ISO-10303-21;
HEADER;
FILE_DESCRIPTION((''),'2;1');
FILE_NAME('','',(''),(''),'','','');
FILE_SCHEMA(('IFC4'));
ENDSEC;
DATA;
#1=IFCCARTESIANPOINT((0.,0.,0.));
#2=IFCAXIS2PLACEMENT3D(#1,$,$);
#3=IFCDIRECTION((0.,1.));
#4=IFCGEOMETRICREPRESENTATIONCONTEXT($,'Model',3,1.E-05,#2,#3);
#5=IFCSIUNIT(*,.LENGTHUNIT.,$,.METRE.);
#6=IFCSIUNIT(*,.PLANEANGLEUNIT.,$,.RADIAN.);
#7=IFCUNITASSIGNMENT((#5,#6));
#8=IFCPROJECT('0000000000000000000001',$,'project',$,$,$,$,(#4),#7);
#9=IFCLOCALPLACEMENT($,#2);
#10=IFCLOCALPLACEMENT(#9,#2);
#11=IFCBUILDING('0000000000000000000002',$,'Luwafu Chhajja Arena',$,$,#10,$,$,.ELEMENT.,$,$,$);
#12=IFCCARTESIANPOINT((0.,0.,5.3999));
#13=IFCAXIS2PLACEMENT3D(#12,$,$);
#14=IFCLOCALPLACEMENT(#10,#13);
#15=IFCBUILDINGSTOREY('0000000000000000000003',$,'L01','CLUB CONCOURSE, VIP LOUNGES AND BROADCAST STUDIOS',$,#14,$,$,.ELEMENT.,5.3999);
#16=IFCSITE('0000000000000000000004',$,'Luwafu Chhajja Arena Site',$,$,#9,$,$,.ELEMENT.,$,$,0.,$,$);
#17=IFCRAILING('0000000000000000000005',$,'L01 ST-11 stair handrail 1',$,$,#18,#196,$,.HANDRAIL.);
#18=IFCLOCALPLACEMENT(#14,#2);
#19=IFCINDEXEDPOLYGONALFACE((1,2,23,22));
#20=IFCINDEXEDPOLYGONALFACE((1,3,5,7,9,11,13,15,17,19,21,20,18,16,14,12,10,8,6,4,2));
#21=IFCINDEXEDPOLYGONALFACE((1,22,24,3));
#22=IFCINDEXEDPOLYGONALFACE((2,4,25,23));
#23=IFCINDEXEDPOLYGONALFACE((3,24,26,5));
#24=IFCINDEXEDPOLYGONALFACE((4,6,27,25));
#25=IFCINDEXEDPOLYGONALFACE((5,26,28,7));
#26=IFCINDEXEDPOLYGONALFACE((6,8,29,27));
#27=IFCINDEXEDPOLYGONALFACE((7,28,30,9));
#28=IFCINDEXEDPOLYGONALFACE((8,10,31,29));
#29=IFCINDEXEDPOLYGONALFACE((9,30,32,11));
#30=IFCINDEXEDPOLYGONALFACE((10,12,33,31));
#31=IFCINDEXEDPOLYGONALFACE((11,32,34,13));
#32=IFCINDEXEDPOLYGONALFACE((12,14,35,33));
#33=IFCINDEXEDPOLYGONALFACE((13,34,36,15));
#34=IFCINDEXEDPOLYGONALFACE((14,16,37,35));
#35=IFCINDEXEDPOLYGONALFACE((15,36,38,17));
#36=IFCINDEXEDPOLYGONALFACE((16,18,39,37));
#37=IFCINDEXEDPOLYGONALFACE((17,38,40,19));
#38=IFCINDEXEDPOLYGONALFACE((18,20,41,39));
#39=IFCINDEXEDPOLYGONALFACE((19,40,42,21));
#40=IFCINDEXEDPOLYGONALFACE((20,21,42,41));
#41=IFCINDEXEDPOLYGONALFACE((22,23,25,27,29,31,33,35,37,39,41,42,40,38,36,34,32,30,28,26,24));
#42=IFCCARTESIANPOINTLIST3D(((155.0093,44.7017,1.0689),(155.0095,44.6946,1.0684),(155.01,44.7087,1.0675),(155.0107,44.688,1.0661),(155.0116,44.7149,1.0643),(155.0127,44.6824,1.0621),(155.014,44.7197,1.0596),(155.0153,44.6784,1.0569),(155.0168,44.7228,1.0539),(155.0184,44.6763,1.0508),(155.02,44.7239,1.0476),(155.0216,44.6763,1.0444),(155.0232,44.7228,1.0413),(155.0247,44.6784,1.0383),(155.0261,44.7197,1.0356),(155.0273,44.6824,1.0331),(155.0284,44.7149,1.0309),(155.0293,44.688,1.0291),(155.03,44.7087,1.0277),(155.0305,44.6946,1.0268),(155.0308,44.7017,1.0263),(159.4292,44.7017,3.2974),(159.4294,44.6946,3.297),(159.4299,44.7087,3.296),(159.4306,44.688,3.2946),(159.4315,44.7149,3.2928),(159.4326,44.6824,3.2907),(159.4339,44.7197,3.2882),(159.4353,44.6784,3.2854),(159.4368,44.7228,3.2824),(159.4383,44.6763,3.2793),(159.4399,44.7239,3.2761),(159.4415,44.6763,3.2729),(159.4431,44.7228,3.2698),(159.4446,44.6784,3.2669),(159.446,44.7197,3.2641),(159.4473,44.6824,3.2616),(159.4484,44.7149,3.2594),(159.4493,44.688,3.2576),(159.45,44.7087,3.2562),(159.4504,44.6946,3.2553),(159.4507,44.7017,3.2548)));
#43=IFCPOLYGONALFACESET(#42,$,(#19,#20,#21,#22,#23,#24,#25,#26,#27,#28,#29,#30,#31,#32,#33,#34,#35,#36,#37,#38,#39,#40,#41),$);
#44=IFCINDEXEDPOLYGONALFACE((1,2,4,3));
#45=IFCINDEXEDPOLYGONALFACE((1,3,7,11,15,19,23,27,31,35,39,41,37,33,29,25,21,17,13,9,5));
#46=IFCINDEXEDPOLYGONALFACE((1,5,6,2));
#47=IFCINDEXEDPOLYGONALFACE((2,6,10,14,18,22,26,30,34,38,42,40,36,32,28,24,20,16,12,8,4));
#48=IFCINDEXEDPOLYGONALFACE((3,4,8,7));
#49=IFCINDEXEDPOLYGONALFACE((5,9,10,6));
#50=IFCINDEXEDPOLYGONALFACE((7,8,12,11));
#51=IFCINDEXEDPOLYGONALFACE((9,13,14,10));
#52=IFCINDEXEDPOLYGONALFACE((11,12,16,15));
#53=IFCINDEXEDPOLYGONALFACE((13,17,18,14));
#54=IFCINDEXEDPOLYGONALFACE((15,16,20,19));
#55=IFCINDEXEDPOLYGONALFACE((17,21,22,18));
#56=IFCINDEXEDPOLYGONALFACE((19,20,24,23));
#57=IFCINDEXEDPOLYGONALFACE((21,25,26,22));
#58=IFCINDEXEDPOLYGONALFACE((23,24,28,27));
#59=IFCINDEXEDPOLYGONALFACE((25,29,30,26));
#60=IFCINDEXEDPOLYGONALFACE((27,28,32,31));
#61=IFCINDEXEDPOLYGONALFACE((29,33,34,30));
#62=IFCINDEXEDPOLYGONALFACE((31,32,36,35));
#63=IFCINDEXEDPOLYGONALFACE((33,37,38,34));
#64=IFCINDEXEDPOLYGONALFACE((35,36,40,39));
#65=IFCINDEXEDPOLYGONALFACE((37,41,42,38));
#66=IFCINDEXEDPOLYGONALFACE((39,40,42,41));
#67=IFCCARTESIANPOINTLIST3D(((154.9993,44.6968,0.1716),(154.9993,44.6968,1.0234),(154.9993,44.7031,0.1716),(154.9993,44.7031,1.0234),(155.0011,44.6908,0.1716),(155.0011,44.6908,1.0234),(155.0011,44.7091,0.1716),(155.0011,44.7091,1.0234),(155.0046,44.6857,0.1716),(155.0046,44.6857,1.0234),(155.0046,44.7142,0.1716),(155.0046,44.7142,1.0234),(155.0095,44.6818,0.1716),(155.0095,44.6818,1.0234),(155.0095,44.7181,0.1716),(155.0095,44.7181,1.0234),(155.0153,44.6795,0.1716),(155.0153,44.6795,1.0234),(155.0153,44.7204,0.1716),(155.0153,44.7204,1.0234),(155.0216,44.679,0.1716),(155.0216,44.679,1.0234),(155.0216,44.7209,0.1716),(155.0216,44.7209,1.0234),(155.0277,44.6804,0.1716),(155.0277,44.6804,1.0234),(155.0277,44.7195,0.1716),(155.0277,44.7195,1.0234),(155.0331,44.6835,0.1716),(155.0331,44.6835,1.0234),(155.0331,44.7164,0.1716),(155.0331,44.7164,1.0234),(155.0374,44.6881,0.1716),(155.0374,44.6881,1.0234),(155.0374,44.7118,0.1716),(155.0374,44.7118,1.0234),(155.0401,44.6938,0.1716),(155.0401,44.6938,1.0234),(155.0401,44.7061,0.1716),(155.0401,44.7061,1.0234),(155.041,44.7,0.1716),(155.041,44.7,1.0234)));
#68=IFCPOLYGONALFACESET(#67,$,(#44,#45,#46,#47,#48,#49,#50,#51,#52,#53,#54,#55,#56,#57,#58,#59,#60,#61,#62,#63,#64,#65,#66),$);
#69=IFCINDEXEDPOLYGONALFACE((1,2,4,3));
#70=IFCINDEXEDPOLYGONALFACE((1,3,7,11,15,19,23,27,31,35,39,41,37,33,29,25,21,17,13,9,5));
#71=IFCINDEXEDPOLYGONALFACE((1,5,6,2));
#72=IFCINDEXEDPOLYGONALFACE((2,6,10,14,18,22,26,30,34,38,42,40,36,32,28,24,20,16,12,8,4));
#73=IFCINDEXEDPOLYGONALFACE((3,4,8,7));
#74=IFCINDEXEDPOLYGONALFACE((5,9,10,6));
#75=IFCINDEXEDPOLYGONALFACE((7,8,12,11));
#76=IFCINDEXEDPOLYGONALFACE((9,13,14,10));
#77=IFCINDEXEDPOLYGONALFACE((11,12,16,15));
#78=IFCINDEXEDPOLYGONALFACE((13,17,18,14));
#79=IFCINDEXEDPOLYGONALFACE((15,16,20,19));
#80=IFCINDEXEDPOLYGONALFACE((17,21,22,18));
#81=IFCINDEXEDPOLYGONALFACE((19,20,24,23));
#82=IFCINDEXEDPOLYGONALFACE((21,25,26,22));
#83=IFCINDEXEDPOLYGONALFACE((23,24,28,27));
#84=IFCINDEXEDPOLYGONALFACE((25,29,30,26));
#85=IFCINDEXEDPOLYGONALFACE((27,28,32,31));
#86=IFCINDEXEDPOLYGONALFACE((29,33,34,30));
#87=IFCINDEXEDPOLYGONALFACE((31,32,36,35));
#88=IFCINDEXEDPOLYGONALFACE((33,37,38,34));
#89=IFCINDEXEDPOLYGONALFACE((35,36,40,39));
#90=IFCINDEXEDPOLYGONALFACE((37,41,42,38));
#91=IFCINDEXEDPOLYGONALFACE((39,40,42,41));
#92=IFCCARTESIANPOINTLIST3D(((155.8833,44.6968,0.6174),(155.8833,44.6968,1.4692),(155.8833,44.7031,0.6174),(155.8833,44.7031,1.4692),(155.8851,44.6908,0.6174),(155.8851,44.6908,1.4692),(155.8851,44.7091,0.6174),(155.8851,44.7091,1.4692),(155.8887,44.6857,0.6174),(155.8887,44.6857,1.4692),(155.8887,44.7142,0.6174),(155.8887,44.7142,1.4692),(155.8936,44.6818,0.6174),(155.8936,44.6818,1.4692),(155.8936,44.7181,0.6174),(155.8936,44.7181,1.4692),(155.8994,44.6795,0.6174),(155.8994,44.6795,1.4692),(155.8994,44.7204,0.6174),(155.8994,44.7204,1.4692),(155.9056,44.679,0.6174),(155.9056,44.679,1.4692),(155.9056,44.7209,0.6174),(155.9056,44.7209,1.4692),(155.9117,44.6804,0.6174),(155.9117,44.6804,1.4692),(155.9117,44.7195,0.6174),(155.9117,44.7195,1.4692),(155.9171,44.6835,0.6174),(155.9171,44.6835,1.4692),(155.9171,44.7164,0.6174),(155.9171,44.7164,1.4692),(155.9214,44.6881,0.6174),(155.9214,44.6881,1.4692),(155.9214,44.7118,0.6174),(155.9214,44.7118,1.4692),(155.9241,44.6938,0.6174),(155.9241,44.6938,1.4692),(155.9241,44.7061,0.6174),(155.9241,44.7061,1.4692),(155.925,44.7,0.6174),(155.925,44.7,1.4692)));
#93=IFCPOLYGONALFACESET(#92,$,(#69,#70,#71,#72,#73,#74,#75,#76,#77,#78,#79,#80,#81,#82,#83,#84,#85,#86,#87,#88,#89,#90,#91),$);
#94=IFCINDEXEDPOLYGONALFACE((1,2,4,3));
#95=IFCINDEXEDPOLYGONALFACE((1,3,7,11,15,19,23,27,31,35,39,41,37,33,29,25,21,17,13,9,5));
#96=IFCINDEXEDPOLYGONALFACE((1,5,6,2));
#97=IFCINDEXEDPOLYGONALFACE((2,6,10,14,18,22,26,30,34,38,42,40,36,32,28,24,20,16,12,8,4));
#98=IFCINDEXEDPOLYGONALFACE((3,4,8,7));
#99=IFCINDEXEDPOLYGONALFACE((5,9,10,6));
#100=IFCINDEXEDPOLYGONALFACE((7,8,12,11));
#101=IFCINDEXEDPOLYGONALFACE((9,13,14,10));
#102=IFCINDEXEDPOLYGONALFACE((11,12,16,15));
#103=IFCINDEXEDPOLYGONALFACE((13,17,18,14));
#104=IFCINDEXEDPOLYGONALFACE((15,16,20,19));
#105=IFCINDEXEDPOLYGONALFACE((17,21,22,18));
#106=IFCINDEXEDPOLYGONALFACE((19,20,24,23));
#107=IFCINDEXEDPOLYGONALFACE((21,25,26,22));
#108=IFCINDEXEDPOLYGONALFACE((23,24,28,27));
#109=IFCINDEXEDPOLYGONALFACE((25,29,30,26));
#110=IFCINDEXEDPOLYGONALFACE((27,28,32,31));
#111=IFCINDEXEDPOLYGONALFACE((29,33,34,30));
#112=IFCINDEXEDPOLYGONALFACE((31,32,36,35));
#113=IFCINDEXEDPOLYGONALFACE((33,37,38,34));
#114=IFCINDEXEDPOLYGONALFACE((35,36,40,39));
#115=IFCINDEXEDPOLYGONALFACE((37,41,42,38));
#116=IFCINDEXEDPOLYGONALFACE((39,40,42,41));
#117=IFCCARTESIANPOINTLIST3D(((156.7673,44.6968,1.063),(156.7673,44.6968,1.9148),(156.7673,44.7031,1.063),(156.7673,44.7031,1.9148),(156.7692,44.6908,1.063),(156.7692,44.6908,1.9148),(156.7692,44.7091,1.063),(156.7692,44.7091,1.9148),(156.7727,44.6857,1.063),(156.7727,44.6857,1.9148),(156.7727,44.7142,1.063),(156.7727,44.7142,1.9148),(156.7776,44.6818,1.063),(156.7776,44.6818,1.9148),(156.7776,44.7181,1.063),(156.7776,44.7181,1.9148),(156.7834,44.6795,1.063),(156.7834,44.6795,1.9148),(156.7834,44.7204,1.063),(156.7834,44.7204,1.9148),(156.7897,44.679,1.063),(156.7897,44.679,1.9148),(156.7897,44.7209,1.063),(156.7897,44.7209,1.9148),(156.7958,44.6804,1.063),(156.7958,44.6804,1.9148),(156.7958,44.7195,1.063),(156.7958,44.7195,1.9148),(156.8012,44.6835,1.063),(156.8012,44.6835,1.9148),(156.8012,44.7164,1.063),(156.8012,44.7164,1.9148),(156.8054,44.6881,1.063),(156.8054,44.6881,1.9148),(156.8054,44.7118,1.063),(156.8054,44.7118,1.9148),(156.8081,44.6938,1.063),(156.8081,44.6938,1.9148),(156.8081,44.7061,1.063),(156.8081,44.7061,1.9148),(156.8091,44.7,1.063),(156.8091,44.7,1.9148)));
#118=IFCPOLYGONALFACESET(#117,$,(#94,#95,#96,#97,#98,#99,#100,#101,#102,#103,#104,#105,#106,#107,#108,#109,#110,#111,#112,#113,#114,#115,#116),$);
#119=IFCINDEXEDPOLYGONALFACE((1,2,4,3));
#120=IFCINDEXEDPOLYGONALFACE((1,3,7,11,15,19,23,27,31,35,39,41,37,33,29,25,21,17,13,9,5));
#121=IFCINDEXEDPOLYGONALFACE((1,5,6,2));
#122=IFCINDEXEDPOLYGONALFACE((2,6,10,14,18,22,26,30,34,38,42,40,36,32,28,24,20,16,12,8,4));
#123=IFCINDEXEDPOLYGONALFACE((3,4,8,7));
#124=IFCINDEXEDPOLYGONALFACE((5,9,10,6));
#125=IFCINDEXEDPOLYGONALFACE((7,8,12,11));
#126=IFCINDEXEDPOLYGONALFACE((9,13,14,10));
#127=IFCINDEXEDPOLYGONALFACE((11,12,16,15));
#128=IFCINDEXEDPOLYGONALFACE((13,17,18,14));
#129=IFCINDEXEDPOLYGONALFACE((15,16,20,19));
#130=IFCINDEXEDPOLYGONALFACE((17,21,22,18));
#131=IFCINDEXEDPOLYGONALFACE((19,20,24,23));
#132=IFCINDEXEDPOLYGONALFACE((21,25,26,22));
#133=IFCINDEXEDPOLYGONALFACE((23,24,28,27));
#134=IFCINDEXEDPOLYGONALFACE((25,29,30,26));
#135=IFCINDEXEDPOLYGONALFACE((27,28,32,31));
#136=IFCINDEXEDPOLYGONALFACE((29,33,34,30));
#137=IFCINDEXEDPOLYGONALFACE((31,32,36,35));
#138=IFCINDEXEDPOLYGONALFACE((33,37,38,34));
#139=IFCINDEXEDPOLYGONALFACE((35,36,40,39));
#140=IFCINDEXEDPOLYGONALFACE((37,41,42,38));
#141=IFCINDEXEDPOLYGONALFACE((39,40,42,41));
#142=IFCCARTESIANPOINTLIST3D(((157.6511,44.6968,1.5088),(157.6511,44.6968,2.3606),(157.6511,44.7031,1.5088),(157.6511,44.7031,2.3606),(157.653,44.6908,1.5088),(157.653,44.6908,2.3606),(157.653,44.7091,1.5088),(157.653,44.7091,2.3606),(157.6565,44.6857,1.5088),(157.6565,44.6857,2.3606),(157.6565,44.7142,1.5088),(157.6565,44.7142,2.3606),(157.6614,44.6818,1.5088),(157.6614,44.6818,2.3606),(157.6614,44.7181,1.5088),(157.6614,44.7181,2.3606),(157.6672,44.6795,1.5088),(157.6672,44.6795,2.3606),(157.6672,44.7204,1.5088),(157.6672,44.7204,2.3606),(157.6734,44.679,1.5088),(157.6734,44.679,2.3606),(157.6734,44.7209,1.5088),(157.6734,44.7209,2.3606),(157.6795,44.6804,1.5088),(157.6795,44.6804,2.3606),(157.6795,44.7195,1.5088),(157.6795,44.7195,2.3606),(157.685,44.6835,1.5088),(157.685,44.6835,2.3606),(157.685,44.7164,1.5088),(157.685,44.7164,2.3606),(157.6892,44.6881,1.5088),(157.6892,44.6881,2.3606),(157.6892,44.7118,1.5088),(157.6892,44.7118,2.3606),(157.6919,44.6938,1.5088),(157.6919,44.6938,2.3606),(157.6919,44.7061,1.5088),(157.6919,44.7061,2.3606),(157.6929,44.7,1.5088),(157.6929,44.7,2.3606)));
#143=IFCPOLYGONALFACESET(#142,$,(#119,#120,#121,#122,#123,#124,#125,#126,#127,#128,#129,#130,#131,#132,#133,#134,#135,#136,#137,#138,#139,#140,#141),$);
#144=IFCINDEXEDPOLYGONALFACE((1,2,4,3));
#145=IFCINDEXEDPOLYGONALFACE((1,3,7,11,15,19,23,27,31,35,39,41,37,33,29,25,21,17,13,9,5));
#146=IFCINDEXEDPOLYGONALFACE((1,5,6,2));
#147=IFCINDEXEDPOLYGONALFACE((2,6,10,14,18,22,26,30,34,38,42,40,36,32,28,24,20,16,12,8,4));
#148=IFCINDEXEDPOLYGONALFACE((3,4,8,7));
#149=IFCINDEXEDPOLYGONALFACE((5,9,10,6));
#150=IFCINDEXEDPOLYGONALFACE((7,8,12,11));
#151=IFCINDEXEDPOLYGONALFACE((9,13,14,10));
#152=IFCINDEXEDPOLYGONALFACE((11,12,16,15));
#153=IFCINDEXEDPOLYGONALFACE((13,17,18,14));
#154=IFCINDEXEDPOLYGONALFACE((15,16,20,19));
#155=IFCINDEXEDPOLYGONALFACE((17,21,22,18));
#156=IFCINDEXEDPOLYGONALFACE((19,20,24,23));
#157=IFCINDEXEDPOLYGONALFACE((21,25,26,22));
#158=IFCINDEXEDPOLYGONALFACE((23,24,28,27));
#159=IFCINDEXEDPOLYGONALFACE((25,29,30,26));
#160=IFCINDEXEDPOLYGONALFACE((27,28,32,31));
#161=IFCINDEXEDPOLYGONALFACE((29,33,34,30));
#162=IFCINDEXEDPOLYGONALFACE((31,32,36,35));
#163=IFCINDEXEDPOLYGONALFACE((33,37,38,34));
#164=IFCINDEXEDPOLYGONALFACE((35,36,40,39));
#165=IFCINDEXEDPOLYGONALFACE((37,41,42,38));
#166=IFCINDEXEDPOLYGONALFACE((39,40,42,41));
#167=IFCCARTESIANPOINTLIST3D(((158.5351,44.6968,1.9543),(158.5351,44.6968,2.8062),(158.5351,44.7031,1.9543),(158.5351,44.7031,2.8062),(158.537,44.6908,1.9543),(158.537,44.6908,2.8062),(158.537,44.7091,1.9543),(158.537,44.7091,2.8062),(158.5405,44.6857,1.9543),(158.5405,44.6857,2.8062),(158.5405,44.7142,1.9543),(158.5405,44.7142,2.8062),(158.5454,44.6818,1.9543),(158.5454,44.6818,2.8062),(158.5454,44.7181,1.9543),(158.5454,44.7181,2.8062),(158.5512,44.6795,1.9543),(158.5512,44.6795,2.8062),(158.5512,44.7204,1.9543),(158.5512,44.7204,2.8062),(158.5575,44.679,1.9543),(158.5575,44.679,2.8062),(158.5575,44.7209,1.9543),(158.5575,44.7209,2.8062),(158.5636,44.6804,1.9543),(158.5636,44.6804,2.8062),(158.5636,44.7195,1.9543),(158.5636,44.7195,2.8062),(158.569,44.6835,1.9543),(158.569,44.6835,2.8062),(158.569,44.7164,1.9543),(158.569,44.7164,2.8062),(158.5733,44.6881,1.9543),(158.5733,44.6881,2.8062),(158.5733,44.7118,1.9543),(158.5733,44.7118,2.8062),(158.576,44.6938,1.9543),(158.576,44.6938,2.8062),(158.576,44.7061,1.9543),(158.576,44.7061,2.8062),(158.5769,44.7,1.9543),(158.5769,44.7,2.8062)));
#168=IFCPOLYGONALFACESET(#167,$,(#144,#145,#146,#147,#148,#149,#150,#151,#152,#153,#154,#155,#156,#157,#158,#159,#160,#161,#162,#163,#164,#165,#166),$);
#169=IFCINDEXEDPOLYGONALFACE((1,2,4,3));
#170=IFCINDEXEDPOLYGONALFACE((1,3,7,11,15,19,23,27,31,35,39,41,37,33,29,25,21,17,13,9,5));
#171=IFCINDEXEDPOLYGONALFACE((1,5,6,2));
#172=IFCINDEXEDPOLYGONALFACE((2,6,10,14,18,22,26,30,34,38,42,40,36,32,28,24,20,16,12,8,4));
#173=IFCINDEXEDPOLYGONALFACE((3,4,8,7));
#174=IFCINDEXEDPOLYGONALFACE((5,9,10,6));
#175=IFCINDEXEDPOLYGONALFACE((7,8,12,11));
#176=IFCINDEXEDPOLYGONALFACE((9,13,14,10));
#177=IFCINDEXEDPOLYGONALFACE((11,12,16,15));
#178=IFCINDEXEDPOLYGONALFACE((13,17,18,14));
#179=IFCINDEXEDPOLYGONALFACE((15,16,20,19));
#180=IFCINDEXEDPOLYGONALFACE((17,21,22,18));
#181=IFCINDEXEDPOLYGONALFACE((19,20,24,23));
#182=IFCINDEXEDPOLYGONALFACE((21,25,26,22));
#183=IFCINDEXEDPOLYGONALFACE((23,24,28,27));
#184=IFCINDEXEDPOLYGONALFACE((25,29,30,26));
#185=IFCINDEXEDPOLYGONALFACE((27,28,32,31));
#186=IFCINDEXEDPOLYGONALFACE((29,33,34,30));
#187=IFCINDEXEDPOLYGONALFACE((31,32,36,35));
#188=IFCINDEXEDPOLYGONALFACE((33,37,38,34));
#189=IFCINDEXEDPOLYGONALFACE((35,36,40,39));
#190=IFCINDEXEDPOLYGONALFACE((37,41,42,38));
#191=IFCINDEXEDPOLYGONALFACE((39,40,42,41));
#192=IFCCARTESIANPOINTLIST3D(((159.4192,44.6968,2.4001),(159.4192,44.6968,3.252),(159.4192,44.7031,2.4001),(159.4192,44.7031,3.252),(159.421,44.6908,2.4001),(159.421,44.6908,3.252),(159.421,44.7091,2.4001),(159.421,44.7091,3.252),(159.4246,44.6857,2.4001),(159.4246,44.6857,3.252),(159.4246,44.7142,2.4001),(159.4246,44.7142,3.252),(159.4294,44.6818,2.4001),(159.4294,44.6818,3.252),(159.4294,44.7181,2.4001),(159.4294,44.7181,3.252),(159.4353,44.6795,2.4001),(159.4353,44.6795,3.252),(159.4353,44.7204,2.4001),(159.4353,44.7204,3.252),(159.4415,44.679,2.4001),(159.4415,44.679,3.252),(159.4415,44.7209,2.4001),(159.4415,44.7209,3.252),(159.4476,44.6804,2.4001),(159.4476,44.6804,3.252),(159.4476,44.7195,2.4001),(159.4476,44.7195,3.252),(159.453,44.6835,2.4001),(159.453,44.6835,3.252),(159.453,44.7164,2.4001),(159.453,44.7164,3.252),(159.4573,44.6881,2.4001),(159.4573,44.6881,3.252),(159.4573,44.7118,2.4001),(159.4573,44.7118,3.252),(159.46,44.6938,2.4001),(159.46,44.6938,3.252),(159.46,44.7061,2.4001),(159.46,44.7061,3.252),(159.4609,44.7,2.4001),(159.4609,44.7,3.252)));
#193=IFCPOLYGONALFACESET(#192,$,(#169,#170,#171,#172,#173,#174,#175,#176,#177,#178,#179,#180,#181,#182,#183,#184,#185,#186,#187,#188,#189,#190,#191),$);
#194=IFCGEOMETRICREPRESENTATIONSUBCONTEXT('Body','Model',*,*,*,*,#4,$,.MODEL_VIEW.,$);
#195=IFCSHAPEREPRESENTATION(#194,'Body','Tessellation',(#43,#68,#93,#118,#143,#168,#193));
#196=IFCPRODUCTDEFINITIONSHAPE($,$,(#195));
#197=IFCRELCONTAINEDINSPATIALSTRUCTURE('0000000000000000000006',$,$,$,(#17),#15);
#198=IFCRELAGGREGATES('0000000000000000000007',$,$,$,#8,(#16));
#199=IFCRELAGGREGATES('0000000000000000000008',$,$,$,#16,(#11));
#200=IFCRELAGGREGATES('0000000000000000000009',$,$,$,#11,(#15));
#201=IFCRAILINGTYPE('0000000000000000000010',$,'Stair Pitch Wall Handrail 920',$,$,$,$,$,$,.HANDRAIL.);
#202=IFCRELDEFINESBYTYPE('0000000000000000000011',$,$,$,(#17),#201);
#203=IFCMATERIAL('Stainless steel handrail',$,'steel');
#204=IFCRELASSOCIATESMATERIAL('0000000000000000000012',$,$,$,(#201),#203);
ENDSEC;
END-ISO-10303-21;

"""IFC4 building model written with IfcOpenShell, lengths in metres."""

from ifc_helpers import new_model, si_unit, direction, frame, origin, origin_2d, place, context, subcontext, project, spatial, circle, extrude, material, type_object, element, save


model = new_model("IFC4")

# Units and contexts
model_context = context("Model", 3, precision=1e-05, world=origin(), true_north=direction((0.0, 1.0)))
body_context = subcontext(model_context, "Body", "Model", "MODEL_VIEW")
ifc_project = project(units=[si_unit("LENGTHUNIT", "METRE"), si_unit("PLANEANGLEUNIT", "RADIAN")], contexts=[model_context])

# Site, building, storey
site_placement = place(None, origin())
site = spatial("IfcSite", under=ifc_project, at=site_placement, Name="Luwafu Chhajja Arena Site", CompositionType="ELEMENT", RefElevation=0.0)
building_placement = place(site_placement, origin())
building = spatial("IfcBuilding", under=site, at=building_placement, Name="Luwafu Chhajja Arena", CompositionType="ELEMENT")
storey_placement = place(building_placement, frame((0.0, 0.0, 5.3999)))
storey = spatial("IfcBuildingStorey", under=building, at=storey_placement, Name="L01", Description="CLUB CONCOURSE, VIP LOUNGES AND BROADCAST STUDIOS", CompositionType="ELEMENT", Elevation=5.3999)

# Railing
ifc_material_1 = material(Name="Stainless steel handrail", Category="steel")
railing_type_1 = type_object("IfcRailingType", Name="Stair Pitch Wall Handrail 920", PredefinedType="HANDRAIL", material=ifc_material_1)
for number, where, name in (
    (1, (155.02, 44.7, 0.1716), "L01 ST-11 stair handrail 1"),
):
    element("IfcRailing", number, at=place(storey_placement, frame(where)), inside=storey, type_object=railing_type_1, Name=name, PredefinedType="HANDRAIL", context=body_context, shape_type="SweptSolid", body=[
        extrude(circle(Radius=0.0239, at=origin_2d()), frame((0.0, 0.0, 0.876), z_axis=(0.892923, 0.0, 0.45021), x_axis=(0.0, 1.0, 0.0)), (0.0, 0.0, 1.0), 4.95),
        extrude(circle(Radius=0.021, at=origin_2d()), origin(), (0.0, 0.0, 1.0), 0.8518),
        extrude(circle(Radius=0.021, at=origin_2d()), frame((0.884, 0.0, 0.4458)), (0.0, 0.0, 1.0), 0.8518),
        extrude(circle(Radius=0.021, at=origin_2d()), frame((1.7681, 0.0, 0.8914)), (0.0, 0.0, 1.0), 0.8518),
        extrude(circle(Radius=0.021, at=origin_2d()), frame((2.6519, 0.0, 1.3372)), (0.0, 0.0, 1.0), 0.8518),
        extrude(circle(Radius=0.021, at=origin_2d()), frame((3.5359, 0.0, 1.7827)), (0.0, 0.0, 1.0), 0.8518),
        extrude(circle(Radius=0.021, at=origin_2d()), frame((4.4199, 0.0, 2.2285)), (0.0, 0.0, 1.0), 0.8518),
    ])

save(model, "model.ifc")
